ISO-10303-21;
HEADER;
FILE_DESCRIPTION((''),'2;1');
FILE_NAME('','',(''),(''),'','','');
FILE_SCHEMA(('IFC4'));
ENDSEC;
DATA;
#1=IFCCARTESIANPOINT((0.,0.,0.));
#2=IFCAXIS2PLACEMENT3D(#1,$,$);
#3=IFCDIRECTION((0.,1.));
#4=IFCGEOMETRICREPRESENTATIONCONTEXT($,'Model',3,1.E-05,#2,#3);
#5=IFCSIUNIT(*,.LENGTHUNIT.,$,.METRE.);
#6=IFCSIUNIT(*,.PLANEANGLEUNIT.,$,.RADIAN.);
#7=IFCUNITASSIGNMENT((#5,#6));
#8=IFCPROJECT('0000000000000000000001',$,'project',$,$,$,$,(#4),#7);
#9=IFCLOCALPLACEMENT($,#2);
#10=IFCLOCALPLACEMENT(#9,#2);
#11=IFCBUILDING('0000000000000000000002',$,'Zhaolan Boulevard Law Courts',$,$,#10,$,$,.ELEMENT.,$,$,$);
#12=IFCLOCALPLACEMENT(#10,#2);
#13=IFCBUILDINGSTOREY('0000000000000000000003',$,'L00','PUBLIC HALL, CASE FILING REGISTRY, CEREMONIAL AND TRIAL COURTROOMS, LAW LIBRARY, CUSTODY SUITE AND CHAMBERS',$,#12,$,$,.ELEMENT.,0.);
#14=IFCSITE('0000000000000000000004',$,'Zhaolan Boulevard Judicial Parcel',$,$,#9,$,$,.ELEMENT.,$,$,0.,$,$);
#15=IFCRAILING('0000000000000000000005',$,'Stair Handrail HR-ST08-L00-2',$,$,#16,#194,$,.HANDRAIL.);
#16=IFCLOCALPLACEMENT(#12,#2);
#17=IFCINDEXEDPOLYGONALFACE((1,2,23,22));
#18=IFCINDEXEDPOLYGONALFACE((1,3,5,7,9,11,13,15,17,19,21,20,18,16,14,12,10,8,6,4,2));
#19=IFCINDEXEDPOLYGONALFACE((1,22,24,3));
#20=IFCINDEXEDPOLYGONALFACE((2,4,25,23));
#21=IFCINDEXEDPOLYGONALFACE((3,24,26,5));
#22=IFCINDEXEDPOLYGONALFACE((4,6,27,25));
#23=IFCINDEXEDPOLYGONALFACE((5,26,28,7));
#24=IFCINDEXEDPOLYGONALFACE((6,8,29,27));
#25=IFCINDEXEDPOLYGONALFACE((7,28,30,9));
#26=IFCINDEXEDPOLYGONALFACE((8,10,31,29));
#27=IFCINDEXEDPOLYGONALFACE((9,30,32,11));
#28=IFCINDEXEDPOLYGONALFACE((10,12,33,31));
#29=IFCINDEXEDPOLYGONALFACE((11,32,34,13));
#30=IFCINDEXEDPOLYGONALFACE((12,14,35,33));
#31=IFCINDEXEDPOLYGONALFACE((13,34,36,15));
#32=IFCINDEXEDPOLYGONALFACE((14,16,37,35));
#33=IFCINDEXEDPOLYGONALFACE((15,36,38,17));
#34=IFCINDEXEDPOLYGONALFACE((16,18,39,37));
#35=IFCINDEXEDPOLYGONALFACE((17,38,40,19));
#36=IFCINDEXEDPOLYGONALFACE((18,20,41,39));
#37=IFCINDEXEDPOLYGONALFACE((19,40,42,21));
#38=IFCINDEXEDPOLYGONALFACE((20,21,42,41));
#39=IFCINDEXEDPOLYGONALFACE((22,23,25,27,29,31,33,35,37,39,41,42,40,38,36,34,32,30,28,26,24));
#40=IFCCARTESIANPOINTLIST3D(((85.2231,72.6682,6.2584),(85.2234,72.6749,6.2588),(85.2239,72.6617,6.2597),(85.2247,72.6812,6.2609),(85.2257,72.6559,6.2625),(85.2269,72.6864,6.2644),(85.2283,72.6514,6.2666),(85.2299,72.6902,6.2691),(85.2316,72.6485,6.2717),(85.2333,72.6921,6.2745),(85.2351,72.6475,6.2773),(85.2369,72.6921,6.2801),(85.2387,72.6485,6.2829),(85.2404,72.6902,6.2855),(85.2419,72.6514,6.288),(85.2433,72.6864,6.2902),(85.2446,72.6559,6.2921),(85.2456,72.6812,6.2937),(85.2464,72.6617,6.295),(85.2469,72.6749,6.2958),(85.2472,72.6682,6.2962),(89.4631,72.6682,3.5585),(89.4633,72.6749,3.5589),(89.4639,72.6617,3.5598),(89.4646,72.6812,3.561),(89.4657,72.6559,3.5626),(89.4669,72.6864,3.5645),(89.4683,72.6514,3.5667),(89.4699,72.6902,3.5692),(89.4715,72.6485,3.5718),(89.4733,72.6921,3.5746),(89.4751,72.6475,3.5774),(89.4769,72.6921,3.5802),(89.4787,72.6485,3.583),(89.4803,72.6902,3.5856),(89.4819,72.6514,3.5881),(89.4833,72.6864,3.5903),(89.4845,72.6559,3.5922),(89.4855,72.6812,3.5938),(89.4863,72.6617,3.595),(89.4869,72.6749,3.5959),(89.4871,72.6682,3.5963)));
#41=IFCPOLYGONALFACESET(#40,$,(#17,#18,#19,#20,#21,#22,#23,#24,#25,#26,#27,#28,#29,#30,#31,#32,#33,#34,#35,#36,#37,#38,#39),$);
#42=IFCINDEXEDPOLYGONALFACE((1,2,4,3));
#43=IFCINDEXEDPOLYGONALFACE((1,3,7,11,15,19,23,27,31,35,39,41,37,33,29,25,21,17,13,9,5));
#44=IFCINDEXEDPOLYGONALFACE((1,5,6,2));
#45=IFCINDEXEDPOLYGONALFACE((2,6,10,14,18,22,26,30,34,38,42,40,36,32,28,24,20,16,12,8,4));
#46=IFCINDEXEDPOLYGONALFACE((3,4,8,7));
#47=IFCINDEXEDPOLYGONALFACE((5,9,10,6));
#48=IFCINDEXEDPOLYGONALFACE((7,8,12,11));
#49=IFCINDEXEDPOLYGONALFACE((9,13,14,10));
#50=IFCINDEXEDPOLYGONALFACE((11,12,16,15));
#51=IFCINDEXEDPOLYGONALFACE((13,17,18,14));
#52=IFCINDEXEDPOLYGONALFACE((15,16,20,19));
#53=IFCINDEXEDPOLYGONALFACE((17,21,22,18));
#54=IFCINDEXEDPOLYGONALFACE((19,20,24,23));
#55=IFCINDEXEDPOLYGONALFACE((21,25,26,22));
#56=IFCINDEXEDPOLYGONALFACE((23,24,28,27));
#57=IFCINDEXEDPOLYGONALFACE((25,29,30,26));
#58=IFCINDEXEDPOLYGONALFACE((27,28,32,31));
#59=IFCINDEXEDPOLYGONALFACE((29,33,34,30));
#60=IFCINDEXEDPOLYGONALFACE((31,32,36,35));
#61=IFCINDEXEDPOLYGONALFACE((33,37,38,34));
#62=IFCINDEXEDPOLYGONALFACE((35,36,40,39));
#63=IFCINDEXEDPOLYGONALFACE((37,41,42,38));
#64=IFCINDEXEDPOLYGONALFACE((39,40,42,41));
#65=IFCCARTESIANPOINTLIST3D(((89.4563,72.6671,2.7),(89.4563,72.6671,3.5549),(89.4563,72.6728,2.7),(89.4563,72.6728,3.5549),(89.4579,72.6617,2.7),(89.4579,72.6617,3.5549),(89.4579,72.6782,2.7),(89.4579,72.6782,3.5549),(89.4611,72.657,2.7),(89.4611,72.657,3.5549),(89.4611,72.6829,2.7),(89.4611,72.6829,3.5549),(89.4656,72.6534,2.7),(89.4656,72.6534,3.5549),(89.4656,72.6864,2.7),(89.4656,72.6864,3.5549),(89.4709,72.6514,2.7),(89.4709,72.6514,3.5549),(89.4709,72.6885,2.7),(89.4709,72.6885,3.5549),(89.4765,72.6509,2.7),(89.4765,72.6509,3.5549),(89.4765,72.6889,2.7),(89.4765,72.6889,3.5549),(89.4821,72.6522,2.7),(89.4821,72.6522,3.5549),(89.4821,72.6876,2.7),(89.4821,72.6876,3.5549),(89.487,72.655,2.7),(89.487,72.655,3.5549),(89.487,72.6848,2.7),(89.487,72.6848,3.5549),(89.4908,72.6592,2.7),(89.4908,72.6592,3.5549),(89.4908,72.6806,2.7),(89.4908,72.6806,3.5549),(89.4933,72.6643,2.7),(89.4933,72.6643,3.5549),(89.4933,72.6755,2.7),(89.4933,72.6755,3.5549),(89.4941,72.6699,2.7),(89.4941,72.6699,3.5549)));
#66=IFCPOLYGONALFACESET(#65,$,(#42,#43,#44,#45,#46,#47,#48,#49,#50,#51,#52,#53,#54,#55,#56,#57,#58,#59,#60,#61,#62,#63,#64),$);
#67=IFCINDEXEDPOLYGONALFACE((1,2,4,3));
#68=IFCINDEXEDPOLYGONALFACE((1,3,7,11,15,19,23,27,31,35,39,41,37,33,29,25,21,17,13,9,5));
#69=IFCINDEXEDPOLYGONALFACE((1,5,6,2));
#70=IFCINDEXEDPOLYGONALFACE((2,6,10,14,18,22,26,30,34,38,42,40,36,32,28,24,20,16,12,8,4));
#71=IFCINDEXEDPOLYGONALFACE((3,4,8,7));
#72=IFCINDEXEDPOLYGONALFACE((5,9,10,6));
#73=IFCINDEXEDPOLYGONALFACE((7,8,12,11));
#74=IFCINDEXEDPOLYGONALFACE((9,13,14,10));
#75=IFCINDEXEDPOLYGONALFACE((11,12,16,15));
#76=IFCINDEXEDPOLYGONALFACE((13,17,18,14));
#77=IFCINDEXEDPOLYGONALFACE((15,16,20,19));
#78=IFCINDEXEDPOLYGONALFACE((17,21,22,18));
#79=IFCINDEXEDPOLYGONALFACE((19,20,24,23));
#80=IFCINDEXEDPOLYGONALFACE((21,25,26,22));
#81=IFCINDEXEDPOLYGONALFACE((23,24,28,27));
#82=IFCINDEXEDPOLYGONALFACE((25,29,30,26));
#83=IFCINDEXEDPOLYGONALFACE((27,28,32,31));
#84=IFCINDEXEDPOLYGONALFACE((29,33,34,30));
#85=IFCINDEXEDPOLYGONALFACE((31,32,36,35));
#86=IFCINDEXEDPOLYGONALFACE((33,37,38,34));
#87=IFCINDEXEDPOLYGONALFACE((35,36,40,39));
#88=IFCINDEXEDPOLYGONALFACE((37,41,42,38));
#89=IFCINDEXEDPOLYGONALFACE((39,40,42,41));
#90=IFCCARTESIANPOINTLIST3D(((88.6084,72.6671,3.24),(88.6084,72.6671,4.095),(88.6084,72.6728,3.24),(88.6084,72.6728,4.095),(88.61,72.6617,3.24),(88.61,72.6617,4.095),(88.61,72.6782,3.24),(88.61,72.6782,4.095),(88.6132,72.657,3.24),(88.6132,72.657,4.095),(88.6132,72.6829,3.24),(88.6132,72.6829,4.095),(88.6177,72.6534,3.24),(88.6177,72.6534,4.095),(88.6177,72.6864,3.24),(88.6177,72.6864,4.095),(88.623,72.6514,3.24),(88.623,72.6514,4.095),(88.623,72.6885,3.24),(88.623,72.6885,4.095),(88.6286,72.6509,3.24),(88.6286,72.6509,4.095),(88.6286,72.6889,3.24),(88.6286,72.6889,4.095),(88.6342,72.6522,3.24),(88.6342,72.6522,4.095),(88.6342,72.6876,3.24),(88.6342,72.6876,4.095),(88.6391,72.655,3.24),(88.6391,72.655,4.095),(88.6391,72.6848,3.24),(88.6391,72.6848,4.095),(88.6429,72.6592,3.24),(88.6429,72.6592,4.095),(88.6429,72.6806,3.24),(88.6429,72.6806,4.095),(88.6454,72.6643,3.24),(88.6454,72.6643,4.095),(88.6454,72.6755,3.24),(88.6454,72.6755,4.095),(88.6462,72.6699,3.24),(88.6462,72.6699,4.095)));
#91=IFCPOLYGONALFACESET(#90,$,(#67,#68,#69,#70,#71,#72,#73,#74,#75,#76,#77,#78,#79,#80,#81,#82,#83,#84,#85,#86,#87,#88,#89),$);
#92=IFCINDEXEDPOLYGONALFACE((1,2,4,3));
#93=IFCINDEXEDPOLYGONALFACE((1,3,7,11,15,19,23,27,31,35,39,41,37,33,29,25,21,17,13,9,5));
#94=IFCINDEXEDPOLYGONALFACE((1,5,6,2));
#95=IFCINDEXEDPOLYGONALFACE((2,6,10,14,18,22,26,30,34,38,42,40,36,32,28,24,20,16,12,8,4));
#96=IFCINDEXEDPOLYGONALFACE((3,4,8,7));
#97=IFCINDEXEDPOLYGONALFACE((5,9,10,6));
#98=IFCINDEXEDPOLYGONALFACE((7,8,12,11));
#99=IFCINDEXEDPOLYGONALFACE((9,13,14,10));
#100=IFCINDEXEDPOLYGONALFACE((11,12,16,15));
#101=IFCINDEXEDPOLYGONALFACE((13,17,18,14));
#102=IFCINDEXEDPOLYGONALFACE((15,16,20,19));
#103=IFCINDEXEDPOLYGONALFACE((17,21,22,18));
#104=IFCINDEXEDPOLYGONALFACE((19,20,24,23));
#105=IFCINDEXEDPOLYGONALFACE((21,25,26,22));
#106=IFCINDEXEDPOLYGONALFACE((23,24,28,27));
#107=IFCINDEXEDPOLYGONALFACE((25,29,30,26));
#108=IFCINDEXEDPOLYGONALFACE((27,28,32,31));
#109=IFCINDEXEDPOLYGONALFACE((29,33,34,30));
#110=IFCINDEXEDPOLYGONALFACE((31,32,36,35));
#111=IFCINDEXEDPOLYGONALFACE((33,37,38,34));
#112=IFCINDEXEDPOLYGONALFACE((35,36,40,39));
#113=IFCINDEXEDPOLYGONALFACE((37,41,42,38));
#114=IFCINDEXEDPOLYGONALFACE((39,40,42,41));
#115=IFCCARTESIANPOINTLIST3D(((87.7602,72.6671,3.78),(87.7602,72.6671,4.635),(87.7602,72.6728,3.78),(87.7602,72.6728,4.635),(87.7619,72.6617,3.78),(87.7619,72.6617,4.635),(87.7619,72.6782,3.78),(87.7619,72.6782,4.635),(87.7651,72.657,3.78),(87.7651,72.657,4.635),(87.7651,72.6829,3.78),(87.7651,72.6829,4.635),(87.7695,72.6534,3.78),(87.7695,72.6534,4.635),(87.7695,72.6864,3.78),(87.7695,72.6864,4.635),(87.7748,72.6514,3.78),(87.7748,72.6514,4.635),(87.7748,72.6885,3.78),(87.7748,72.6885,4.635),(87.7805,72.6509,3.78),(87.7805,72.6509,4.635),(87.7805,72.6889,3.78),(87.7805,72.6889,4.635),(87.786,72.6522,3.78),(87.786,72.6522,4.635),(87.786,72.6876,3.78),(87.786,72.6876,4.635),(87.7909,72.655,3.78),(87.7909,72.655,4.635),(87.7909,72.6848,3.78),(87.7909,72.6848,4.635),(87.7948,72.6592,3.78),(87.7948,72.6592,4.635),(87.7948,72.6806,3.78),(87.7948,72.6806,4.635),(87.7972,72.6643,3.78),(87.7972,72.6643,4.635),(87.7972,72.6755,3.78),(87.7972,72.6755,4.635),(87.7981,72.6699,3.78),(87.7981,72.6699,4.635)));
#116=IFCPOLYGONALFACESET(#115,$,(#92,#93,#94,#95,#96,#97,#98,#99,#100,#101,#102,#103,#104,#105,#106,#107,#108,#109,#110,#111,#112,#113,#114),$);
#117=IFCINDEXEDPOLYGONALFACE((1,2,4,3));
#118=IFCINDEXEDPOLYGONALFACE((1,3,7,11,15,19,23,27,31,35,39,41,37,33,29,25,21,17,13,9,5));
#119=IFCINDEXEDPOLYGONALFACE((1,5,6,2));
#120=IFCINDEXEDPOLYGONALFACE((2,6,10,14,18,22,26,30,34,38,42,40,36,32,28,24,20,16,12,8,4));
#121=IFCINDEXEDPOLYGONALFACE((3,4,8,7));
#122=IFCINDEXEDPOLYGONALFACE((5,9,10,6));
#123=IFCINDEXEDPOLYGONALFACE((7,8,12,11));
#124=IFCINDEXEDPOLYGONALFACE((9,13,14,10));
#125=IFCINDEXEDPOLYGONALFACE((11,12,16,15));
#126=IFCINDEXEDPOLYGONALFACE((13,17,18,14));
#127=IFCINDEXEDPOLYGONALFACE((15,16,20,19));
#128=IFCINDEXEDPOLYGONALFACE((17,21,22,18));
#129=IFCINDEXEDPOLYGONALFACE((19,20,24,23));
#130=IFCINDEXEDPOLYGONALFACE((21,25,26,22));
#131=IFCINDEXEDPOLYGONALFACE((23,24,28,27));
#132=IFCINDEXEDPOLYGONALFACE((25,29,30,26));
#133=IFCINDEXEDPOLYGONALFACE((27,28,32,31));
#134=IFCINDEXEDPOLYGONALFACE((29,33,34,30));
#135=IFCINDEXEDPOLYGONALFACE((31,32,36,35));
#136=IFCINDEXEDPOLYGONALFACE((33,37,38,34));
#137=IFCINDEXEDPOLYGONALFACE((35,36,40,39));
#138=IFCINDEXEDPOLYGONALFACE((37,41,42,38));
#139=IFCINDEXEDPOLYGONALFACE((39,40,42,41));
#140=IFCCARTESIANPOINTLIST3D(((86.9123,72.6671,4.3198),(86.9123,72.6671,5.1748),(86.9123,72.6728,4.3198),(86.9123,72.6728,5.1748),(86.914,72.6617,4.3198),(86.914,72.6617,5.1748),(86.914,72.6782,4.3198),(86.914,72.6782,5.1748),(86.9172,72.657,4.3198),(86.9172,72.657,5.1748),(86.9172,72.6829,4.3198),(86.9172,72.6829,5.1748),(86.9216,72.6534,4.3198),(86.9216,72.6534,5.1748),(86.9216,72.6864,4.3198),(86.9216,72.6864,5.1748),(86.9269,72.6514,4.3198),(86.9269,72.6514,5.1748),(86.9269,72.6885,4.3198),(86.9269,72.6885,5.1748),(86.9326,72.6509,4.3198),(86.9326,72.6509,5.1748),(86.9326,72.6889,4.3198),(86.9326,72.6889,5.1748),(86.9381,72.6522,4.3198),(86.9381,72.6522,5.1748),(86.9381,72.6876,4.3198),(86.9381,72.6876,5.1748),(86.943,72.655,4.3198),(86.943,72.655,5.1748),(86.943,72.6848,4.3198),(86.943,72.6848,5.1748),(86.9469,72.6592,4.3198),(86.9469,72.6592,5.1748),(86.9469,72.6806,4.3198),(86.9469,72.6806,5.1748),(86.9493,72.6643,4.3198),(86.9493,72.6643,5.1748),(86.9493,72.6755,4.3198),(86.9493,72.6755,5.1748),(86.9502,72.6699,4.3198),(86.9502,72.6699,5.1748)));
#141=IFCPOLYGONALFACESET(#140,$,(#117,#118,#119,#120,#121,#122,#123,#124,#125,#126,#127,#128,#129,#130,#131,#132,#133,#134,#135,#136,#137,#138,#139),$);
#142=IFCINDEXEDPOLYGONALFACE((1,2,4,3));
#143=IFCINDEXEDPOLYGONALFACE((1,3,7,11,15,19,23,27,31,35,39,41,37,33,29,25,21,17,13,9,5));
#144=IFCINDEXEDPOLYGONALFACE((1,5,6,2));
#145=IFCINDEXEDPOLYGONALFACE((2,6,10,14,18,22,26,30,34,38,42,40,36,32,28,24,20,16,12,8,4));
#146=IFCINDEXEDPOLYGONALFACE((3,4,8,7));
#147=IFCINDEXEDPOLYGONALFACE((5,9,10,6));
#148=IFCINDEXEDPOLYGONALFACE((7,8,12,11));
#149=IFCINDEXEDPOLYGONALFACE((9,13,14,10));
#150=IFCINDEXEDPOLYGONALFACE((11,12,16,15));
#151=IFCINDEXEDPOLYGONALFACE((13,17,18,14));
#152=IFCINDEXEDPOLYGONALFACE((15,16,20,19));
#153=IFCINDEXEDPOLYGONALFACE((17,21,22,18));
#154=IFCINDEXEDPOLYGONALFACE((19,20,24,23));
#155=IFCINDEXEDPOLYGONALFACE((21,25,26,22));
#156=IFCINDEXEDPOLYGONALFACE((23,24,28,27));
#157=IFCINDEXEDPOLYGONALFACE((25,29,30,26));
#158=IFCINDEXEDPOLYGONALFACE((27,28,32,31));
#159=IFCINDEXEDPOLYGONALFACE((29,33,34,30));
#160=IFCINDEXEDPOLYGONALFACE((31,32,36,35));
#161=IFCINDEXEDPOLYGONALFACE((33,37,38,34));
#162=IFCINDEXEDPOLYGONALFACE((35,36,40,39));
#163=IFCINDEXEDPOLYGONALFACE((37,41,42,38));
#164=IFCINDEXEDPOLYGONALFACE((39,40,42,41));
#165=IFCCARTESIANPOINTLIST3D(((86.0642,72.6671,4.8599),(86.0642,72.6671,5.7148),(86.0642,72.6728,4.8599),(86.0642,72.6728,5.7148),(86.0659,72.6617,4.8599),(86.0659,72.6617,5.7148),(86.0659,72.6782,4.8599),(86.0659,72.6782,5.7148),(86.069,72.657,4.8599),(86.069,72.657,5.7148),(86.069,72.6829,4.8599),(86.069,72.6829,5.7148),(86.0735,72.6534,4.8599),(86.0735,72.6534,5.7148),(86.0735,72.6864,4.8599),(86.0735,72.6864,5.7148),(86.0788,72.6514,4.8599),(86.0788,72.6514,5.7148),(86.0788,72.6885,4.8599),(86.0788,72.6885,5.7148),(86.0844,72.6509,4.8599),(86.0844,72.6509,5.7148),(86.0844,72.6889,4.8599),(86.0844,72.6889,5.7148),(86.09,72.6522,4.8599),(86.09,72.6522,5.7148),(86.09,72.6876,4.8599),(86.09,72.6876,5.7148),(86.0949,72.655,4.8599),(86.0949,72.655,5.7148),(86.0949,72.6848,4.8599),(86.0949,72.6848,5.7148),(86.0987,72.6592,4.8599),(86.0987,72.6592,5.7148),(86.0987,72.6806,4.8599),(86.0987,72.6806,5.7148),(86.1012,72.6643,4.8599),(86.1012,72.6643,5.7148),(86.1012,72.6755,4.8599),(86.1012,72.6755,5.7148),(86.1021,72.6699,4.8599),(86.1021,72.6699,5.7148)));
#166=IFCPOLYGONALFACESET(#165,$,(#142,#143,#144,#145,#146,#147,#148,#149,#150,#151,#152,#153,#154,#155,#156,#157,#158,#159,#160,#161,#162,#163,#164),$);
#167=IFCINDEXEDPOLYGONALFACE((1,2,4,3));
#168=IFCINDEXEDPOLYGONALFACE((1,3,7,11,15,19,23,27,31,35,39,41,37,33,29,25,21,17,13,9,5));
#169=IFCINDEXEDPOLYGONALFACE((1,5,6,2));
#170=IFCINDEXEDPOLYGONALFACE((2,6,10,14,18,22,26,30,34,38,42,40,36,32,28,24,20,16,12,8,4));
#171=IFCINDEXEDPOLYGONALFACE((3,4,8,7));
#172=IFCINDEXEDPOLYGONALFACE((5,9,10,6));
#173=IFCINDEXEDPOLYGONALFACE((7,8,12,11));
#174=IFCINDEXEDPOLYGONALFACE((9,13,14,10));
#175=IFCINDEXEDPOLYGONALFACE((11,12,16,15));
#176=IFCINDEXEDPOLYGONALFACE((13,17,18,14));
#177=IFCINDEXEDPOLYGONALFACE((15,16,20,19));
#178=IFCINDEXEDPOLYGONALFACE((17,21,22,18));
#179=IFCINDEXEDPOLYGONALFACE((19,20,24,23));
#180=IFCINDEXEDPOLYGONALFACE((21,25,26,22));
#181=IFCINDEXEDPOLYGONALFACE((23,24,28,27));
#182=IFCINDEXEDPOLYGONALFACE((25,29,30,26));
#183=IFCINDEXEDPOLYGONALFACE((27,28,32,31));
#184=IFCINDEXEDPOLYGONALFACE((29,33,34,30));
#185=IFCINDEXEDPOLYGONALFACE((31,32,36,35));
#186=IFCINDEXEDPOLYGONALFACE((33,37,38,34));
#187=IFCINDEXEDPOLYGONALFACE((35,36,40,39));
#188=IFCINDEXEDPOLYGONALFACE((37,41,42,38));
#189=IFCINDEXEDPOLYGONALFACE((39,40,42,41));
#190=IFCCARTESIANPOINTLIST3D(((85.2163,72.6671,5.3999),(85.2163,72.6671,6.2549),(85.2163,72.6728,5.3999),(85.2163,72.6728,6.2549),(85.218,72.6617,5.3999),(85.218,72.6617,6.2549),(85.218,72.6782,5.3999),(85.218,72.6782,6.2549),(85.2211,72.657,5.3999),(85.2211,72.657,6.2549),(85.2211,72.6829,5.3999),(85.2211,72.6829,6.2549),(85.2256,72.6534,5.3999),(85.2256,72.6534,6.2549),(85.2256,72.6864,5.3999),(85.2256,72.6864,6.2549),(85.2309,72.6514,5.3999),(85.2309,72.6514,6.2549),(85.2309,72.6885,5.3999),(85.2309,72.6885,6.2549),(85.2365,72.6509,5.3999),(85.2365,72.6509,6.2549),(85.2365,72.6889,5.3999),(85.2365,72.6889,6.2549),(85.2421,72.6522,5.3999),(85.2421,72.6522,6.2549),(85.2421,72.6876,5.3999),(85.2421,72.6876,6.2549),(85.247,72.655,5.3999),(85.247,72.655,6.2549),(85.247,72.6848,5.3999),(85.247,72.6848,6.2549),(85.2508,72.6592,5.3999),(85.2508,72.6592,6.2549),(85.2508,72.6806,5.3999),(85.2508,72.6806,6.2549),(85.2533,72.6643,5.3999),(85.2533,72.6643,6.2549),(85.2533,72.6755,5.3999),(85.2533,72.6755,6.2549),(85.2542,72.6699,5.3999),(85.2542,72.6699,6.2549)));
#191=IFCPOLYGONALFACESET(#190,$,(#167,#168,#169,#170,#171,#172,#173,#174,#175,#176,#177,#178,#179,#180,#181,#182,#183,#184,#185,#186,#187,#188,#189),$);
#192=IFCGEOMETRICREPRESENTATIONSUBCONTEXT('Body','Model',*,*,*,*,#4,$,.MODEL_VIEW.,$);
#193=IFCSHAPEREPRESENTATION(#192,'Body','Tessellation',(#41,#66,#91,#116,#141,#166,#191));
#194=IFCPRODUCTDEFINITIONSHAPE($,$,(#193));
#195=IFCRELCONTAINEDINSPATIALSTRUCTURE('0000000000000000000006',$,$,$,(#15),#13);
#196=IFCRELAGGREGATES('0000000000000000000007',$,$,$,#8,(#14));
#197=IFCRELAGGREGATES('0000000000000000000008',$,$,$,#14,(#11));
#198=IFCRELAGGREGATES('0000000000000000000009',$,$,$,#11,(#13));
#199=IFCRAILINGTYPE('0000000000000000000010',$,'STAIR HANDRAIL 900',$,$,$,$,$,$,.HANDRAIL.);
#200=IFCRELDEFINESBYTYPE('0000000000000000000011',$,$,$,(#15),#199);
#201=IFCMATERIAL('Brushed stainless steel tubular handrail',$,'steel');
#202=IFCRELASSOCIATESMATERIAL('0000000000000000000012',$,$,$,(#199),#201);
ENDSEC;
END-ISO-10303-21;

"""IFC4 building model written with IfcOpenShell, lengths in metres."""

from ifc_helpers import new_model, si_unit, direction, frame, origin, origin_2d, place, context, subcontext, project, spatial, circle, extrude, material, type_object, element, save


model = new_model("IFC4")

# Units and contexts
model_context = context("Model", 3, precision=1e-05, world=origin(), true_north=direction((0.0, 1.0)))
body_context = subcontext(model_context, "Body", "Model", "MODEL_VIEW")
ifc_project = project(units=[si_unit("LENGTHUNIT", "METRE"), si_unit("PLANEANGLEUNIT", "RADIAN")], contexts=[model_context])

# Site, building, storey
site_placement = place(None, origin())
site = spatial("IfcSite", under=ifc_project, at=site_placement, Name="Zhaolan Boulevard Judicial Parcel", CompositionType="ELEMENT", RefElevation=0.0)
building_placement = place(site_placement, origin())
building = spatial("IfcBuilding", under=site, at=building_placement, Name="Zhaolan Boulevard Law Courts", CompositionType="ELEMENT")
storey_placement = place(building_placement, origin())
storey = spatial("IfcBuildingStorey", under=building, at=storey_placement, Name="L00", Description="PUBLIC HALL, CASE FILING REGISTRY, CEREMONIAL AND TRIAL COURTROOMS, LAW LIBRARY, CUSTODY SUITE AND CHAMBERS", CompositionType="ELEMENT", Elevation=0.0)

# Railing
ifc_material_1 = material(Name="Brushed stainless steel tubular handrail", Category="steel")
railing_type_1 = type_object("IfcRailingType", Name="STAIR HANDRAIL 900", PredefinedType="HANDRAIL", material=ifc_material_1)
railing_1_placement = place(storey_placement, frame((89.4751, 72.6699, 2.7)))
element("IfcRailing", 1, at=railing_1_placement, inside=storey, type_object=railing_type_1, Name="Stair Handrail HR-ST08-L00-2", PredefinedType="HANDRAIL", context=body_context, shape_type="SweptSolid", body=[
    extrude(circle(Radius=0.0225, at=origin_2d()), frame((0.0, 0.0, 0.8774), z_axis=(-0.843501, 0.0, 0.537127), x_axis=(0.0, -1.0, 0.0)), (0.0, 0.0, 1.0), 5.0266),
    extrude(circle(Radius=0.019, at=origin_2d()), origin(), (0.0, 0.0, 1.0), 0.855),
    extrude(circle(Radius=0.019, at=origin_2d()), frame((-0.8479, 0.0, 0.54)), (0.0, 0.0, 1.0), 0.855),
    extrude(circle(Radius=0.019, at=origin_2d()), frame((-1.696, 0.0, 1.0801)), (0.0, 0.0, 1.0), 0.855),
    extrude(circle(Radius=0.019, at=origin_2d()), frame((-2.5439, 0.0, 1.6199)), (0.0, 0.0, 1.0), 0.855),
    extrude(circle(Radius=0.019, at=origin_2d()), frame((-3.3921, 0.0, 2.1599)), (0.0, 0.0, 1.0), 0.855),
    extrude(circle(Radius=0.019, at=origin_2d()), frame((-4.24, 0.0, 2.7)), (0.0, 0.0, 1.0), 0.855),
])

save(model, "model.ifc")
